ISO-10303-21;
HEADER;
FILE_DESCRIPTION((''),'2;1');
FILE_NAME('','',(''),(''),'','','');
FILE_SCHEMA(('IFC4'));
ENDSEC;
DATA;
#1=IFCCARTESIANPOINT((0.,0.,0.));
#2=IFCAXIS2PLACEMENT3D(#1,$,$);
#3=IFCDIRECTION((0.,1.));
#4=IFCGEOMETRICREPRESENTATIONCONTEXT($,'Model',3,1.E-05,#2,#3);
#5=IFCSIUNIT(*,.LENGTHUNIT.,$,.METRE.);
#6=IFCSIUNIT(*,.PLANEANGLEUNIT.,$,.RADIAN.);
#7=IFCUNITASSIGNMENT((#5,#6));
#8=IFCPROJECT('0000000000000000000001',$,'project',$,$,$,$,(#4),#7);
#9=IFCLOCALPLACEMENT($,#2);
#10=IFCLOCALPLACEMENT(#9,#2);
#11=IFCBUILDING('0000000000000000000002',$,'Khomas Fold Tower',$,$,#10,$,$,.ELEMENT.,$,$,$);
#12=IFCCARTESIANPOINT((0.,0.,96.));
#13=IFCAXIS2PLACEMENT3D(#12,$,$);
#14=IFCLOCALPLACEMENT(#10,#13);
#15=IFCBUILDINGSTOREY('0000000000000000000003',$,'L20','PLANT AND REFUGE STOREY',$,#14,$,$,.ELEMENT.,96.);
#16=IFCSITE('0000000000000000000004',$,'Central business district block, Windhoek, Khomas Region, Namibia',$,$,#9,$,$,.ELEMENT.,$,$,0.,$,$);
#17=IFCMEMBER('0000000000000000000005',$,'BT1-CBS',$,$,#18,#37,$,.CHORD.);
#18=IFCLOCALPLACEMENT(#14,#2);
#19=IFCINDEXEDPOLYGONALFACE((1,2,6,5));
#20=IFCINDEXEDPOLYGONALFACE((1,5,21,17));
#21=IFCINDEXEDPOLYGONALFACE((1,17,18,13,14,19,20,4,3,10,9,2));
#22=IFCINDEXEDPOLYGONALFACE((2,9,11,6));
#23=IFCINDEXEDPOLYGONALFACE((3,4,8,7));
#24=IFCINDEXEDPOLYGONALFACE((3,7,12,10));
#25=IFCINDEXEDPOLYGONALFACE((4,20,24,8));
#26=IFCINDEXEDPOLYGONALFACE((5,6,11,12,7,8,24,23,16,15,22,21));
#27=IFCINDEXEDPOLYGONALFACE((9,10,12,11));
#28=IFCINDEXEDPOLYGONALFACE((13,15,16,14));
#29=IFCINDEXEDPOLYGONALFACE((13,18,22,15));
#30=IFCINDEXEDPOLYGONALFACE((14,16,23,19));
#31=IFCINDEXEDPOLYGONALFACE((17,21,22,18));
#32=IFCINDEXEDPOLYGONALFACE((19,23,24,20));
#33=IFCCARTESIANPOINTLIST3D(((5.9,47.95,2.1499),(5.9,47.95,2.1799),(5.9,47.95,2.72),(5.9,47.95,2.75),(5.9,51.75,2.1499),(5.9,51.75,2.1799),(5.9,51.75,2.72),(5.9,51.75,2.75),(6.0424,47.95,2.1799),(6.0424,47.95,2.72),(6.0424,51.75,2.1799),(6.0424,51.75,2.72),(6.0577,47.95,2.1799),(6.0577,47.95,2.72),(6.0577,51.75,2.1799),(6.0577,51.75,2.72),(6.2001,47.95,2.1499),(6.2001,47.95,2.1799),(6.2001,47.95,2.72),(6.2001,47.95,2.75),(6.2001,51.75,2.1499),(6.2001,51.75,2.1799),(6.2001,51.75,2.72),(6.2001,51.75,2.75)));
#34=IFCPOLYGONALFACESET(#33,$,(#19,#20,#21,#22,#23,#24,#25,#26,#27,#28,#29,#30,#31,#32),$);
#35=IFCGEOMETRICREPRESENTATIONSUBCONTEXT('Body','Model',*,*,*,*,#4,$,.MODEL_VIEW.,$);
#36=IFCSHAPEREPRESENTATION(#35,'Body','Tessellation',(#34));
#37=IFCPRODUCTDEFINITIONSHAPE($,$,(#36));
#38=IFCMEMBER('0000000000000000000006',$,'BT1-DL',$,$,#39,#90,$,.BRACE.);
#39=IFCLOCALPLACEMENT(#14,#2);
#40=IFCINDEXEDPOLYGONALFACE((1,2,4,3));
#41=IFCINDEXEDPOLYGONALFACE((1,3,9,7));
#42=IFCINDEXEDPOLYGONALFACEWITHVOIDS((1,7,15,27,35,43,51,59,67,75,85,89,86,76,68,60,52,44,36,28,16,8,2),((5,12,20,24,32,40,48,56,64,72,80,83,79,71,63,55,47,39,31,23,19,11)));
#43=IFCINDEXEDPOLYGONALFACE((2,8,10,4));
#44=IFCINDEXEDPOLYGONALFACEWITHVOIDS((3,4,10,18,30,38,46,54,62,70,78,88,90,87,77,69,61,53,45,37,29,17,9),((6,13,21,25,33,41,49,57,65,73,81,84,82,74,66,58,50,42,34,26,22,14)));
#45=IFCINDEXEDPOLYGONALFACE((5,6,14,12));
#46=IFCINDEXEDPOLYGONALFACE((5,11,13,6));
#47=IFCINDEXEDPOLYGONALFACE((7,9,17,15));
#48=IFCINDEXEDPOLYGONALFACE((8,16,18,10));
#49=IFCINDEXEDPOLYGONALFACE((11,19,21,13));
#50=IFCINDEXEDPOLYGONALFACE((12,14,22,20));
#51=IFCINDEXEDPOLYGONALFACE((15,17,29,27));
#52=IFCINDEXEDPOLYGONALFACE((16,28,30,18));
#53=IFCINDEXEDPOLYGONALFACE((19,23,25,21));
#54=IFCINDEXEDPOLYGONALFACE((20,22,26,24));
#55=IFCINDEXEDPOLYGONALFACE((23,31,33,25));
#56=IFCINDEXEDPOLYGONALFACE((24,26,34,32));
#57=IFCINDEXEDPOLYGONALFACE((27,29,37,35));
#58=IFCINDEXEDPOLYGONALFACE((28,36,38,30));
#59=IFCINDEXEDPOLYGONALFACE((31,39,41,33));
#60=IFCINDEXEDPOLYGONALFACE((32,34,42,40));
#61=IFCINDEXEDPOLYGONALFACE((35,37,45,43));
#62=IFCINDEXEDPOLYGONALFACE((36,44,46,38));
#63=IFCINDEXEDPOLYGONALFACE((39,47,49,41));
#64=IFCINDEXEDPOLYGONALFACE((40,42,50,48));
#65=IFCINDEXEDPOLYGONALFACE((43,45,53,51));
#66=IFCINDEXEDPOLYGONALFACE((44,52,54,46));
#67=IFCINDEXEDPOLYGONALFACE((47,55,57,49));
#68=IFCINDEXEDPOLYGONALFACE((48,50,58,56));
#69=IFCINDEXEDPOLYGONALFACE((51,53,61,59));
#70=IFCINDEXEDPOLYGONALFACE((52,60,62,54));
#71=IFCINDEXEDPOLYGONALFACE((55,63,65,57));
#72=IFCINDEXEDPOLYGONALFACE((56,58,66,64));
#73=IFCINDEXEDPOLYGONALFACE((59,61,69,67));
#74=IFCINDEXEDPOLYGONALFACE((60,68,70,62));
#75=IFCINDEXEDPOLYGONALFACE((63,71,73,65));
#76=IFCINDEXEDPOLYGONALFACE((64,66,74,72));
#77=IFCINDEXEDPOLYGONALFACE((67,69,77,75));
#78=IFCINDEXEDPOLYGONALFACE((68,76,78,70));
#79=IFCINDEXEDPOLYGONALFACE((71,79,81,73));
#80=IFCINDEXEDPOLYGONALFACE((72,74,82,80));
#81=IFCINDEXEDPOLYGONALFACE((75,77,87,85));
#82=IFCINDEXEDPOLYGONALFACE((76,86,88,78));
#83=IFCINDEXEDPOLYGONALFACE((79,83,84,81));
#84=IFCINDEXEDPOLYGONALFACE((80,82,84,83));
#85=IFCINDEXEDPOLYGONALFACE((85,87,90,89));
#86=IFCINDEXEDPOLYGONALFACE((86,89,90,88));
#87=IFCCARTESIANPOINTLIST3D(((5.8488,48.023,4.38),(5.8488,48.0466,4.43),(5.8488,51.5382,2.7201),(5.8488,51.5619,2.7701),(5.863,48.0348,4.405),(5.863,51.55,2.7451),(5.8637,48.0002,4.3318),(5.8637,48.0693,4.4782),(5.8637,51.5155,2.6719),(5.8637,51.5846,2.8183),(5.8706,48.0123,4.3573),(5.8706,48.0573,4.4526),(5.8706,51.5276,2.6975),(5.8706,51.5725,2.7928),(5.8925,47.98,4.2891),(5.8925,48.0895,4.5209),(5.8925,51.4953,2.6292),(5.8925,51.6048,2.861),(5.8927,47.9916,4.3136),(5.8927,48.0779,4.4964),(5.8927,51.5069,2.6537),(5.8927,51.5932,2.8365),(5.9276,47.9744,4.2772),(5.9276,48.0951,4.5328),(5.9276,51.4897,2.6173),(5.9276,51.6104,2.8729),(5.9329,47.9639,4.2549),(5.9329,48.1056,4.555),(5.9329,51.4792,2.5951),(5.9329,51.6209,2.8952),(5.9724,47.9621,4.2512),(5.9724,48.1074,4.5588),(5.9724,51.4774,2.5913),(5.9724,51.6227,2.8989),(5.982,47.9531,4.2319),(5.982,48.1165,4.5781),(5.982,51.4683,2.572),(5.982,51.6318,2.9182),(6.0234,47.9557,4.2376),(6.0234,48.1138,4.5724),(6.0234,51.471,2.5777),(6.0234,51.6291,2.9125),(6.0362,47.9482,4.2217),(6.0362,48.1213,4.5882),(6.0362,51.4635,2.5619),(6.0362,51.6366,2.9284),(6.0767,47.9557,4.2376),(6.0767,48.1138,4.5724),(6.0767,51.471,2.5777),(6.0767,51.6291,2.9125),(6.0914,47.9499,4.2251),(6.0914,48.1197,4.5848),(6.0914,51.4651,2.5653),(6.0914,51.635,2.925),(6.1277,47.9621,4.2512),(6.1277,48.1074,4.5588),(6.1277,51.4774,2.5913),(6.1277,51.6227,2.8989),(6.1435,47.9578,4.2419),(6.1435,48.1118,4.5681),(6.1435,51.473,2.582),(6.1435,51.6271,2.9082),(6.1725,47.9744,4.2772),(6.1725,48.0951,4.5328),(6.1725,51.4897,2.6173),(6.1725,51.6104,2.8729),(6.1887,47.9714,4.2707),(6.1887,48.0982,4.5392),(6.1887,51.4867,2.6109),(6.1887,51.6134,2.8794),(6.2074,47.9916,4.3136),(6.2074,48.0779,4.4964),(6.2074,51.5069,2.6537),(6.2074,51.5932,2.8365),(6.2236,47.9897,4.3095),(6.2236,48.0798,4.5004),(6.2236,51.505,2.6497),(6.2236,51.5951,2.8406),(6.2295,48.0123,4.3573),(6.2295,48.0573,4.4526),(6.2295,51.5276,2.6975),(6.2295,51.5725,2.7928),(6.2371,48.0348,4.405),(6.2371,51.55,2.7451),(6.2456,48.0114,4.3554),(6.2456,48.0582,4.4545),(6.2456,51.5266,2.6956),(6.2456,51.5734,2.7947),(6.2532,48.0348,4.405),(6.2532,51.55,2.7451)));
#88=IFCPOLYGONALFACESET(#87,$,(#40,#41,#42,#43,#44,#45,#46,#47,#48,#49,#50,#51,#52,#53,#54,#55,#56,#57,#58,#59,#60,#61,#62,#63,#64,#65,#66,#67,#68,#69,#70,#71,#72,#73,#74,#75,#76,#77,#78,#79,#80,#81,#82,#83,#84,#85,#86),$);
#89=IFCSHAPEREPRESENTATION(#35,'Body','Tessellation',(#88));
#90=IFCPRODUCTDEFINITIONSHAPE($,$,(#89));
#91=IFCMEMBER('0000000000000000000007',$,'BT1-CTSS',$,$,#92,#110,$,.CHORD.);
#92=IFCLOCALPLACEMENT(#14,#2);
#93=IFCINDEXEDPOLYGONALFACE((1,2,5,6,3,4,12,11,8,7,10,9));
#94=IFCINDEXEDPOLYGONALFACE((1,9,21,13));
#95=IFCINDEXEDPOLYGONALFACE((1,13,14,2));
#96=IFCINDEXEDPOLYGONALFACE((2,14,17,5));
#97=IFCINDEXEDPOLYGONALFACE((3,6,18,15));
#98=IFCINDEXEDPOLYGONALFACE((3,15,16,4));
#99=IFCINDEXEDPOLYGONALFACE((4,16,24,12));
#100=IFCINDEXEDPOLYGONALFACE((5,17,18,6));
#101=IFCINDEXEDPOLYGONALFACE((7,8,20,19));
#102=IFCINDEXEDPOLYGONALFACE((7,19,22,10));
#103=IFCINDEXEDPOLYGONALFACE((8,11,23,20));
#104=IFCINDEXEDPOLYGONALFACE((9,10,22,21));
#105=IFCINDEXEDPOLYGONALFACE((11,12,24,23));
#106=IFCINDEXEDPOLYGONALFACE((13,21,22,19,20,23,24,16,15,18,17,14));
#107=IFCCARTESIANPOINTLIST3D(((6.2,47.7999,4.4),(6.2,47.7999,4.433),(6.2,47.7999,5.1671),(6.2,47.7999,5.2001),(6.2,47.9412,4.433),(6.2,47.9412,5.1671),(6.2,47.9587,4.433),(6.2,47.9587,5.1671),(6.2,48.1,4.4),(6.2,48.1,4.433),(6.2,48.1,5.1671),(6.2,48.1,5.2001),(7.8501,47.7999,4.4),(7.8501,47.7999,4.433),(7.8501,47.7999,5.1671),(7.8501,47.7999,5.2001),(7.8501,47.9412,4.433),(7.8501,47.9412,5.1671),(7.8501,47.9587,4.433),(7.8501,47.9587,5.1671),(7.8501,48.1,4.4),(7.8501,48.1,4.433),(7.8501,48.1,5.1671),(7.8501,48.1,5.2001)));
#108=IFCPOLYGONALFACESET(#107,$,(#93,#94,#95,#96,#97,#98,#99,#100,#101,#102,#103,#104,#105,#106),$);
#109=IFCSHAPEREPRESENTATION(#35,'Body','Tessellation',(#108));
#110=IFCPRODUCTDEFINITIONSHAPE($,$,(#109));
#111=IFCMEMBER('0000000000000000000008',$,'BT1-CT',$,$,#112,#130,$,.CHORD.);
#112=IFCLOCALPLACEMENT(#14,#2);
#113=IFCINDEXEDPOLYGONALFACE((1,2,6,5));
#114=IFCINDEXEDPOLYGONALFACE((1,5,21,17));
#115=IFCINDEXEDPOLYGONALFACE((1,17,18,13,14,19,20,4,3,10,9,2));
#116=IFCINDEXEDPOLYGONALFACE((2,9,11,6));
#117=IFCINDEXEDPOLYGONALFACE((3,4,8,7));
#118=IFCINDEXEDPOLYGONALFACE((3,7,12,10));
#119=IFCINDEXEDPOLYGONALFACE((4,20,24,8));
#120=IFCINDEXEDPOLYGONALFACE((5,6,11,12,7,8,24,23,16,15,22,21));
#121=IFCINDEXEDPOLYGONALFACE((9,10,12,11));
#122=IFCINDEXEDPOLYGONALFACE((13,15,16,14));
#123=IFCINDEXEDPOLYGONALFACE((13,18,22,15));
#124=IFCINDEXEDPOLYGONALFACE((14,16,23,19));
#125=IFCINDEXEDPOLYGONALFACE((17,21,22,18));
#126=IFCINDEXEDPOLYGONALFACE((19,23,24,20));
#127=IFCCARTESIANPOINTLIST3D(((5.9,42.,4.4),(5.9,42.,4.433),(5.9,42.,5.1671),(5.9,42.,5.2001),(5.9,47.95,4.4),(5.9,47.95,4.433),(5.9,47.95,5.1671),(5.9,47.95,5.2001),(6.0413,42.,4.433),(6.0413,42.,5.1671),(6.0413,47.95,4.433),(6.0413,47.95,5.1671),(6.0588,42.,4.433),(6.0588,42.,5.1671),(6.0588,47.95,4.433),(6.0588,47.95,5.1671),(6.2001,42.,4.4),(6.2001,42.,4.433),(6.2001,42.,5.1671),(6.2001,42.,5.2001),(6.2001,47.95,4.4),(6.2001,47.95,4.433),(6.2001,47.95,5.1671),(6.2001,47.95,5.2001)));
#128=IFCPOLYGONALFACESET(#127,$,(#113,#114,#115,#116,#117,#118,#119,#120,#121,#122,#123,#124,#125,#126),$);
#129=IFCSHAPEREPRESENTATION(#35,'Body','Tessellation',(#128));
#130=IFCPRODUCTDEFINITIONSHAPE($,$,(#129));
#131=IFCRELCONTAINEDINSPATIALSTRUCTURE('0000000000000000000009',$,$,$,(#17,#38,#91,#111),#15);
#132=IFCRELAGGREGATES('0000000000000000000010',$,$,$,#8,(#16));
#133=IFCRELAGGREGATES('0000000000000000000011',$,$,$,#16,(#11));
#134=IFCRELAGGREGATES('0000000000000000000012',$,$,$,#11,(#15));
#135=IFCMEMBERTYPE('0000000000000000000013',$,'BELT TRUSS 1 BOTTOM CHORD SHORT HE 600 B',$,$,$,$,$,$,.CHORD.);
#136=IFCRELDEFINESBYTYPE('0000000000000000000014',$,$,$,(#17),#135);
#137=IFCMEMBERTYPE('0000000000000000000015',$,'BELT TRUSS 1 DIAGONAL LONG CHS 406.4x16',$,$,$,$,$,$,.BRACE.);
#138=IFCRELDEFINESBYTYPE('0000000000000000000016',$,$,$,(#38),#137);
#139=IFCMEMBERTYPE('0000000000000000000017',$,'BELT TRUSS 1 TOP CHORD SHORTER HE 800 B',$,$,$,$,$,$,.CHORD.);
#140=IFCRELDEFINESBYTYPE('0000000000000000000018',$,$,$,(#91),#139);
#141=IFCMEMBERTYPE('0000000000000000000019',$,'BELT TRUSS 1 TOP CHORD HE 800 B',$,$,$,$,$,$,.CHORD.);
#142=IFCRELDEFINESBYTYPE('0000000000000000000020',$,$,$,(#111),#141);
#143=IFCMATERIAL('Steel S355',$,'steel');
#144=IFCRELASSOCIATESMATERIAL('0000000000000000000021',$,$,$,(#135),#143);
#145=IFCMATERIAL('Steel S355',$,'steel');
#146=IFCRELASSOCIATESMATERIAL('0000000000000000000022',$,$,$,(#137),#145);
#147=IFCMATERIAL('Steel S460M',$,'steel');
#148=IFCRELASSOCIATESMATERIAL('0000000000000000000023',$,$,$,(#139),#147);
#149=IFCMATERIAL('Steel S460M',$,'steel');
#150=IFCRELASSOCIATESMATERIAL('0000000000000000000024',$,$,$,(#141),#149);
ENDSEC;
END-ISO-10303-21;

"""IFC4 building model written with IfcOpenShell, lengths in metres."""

from ifc_helpers import new_model, si_unit, direction, frame, origin, origin_2d, place, context, subcontext, project, spatial, hollow_circle, i_section, extrude, source, transform, mapped, material, material_profile, profile_set, type_object, element, save


model = new_model("IFC4")

# Units and contexts
model_context = context("Model", 3, precision=1e-05, world=origin(), true_north=direction((0.0, 1.0)))
body_context = subcontext(model_context, "Body", "Model", "MODEL_VIEW")
ifc_project = project(units=[si_unit("LENGTHUNIT", "METRE"), si_unit("PLANEANGLEUNIT", "RADIAN")], contexts=[model_context])

# Site, building, storey
site_placement = place(None, origin())
site = spatial("IfcSite", under=ifc_project, at=site_placement, Name="Central business district block, Windhoek, Khomas Region, Namibia", CompositionType="ELEMENT", RefElevation=0.0)
building_placement = place(site_placement, origin())
building = spatial("IfcBuilding", under=site, at=building_placement, Name="Khomas Fold Tower", CompositionType="ELEMENT")
storey_placement = place(building_placement, frame((0.0, 0.0, 96.0)))
storey = spatial("IfcBuildingStorey", under=building, at=storey_placement, Name="L20", Description="PLANT AND REFUGE STOREY", CompositionType="ELEMENT", Elevation=96.0)

# Members
ifc_material_1 = material(Name="Steel S355", Category="steel")
ifc_material_profile_1 = material_profile(ifc_material_1, i_section(OverallWidth=0.3, OverallDepth=0.6001, WebThickness=0.0154, FlangeThickness=0.03, at=origin_2d()), Name="HE 600 B")
ifc_profile_set_1 = profile_set([ifc_material_profile_1], Name="Steel S355")
member_type_1 = type_object("IfcMemberType", Name="BELT TRUSS 1 BOTTOM CHORD SHORT HE 600 B", PredefinedType="CHORD", material=ifc_profile_set_1)
shared_shape_1 = source(origin(), body_context, "Body", "SweptSolid", [
    extrude(i_section(OverallWidth=0.3, OverallDepth=0.6001, WebThickness=0.0154, FlangeThickness=0.03, at=origin_2d()), origin(), (0.0, 0.0, 1.0), 3.8),
])
member_1_placement = place(storey_placement, frame((6.05, 51.75, 2.45), z_axis=(0.0, -1.0, 0.0), x_axis=(1.0, 0.0, 0.0)))
element("IfcMember", 1, at=member_1_placement, inside=storey, type_object=member_type_1, Name="BT1-CBS", PredefinedType="CHORD", context=body_context, shape_type="MappedRepresentation", body=[
    mapped(shared_shape_1, transform((0.0, 0.0, 0.0))),
])
ifc_material_2 = material(Name="Steel S355", Category="steel")
ifc_material_profile_2 = material_profile(ifc_material_2, hollow_circle(Radius=0.2031, WallThickness=0.0161, at=origin_2d()), Name="CHS 406.4x16")
ifc_profile_set_2 = profile_set([ifc_material_profile_2], Name="Steel S355")
member_type_2 = type_object("IfcMemberType", Name="BELT TRUSS 1 DIAGONAL LONG CHS 406.4x16", PredefinedType="BRACE", material=ifc_profile_set_2)
shared_shape_2 = source(origin(), body_context, "Body", "SweptSolid", [
    extrude(hollow_circle(Radius=0.2031, WallThickness=0.0161, at=origin_2d()), origin(), (0.0, 0.0, 1.0), 3.8875),
])
member_2_placement = place(storey_placement, frame((6.05, 51.55, 2.7451), z_axis=(0.0, -0.904261, 0.426979), x_axis=(1.0, 0.0, 0.0)))
element("IfcMember", 2, at=member_2_placement, inside=storey, type_object=member_type_2, Name="BT1-DL", PredefinedType="BRACE", context=body_context, shape_type="MappedRepresentation", body=[
    mapped(shared_shape_2, transform((0.0, 0.0, 0.0))),
])
ifc_material_3 = material(Name="Steel S460M", Category="steel")
ifc_material_profile_3 = material_profile(ifc_material_3, i_section(OverallWidth=0.3, OverallDepth=0.8, WebThickness=0.0176, FlangeThickness=0.033, at=origin_2d()), Name="HE 800 B")
ifc_profile_set_3 = profile_set([ifc_material_profile_3], Name="Steel S460M")
member_type_3 = type_object("IfcMemberType", Name="BELT TRUSS 1 TOP CHORD SHORTER HE 800 B", PredefinedType="CHORD", material=ifc_profile_set_3)
shared_shape_3 = source(origin(), body_context, "Body", "SweptSolid", [
    extrude(i_section(OverallWidth=0.3, OverallDepth=0.8, WebThickness=0.0176, FlangeThickness=0.033, at=origin_2d()), origin(), (0.0, 0.0, 1.0), 1.6501),
])
member_3_placement = place(storey_placement, frame((6.2, 47.95, 4.8), z_axis=(1.0, 0.0, 0.0), x_axis=(0.0, 1.0, 0.0)))
element("IfcMember", 3, at=member_3_placement, inside=storey, type_object=member_type_3, Name="BT1-CTSS", PredefinedType="CHORD", context=body_context, shape_type="MappedRepresentation", body=[
    mapped(shared_shape_3, transform((0.0, 0.0, 0.0))),
])
ifc_material_4 = material(Name="Steel S460M", Category="steel")
ifc_material_profile_4 = material_profile(ifc_material_4, i_section(OverallWidth=0.3, OverallDepth=0.8, WebThickness=0.0176, FlangeThickness=0.033, at=origin_2d()), Name="HE 800 B")
ifc_profile_set_4 = profile_set([ifc_material_profile_4], Name="Steel S460M")
member_type_4 = type_object("IfcMemberType", Name="BELT TRUSS 1 TOP CHORD HE 800 B", PredefinedType="CHORD", material=ifc_profile_set_4)
shared_shape_4 = source(origin(), body_context, "Body", "SweptSolid", [
    extrude(i_section(OverallWidth=0.3, OverallDepth=0.8, WebThickness=0.0176, FlangeThickness=0.033, at=origin_2d()), origin(), (0.0, 0.0, 1.0), 5.95),
])
member_4_placement = place(storey_placement, frame((6.05, 47.95, 4.8), z_axis=(0.0, -1.0, 0.0), x_axis=(1.0, 0.0, 0.0)))
element("IfcMember", 4, at=member_4_placement, inside=storey, type_object=member_type_4, Name="BT1-CT", PredefinedType="CHORD", context=body_context, shape_type="MappedRepresentation", body=[
    mapped(shared_shape_4, transform((0.0, 0.0, 0.0))),
])

save(model, "model.ifc")
